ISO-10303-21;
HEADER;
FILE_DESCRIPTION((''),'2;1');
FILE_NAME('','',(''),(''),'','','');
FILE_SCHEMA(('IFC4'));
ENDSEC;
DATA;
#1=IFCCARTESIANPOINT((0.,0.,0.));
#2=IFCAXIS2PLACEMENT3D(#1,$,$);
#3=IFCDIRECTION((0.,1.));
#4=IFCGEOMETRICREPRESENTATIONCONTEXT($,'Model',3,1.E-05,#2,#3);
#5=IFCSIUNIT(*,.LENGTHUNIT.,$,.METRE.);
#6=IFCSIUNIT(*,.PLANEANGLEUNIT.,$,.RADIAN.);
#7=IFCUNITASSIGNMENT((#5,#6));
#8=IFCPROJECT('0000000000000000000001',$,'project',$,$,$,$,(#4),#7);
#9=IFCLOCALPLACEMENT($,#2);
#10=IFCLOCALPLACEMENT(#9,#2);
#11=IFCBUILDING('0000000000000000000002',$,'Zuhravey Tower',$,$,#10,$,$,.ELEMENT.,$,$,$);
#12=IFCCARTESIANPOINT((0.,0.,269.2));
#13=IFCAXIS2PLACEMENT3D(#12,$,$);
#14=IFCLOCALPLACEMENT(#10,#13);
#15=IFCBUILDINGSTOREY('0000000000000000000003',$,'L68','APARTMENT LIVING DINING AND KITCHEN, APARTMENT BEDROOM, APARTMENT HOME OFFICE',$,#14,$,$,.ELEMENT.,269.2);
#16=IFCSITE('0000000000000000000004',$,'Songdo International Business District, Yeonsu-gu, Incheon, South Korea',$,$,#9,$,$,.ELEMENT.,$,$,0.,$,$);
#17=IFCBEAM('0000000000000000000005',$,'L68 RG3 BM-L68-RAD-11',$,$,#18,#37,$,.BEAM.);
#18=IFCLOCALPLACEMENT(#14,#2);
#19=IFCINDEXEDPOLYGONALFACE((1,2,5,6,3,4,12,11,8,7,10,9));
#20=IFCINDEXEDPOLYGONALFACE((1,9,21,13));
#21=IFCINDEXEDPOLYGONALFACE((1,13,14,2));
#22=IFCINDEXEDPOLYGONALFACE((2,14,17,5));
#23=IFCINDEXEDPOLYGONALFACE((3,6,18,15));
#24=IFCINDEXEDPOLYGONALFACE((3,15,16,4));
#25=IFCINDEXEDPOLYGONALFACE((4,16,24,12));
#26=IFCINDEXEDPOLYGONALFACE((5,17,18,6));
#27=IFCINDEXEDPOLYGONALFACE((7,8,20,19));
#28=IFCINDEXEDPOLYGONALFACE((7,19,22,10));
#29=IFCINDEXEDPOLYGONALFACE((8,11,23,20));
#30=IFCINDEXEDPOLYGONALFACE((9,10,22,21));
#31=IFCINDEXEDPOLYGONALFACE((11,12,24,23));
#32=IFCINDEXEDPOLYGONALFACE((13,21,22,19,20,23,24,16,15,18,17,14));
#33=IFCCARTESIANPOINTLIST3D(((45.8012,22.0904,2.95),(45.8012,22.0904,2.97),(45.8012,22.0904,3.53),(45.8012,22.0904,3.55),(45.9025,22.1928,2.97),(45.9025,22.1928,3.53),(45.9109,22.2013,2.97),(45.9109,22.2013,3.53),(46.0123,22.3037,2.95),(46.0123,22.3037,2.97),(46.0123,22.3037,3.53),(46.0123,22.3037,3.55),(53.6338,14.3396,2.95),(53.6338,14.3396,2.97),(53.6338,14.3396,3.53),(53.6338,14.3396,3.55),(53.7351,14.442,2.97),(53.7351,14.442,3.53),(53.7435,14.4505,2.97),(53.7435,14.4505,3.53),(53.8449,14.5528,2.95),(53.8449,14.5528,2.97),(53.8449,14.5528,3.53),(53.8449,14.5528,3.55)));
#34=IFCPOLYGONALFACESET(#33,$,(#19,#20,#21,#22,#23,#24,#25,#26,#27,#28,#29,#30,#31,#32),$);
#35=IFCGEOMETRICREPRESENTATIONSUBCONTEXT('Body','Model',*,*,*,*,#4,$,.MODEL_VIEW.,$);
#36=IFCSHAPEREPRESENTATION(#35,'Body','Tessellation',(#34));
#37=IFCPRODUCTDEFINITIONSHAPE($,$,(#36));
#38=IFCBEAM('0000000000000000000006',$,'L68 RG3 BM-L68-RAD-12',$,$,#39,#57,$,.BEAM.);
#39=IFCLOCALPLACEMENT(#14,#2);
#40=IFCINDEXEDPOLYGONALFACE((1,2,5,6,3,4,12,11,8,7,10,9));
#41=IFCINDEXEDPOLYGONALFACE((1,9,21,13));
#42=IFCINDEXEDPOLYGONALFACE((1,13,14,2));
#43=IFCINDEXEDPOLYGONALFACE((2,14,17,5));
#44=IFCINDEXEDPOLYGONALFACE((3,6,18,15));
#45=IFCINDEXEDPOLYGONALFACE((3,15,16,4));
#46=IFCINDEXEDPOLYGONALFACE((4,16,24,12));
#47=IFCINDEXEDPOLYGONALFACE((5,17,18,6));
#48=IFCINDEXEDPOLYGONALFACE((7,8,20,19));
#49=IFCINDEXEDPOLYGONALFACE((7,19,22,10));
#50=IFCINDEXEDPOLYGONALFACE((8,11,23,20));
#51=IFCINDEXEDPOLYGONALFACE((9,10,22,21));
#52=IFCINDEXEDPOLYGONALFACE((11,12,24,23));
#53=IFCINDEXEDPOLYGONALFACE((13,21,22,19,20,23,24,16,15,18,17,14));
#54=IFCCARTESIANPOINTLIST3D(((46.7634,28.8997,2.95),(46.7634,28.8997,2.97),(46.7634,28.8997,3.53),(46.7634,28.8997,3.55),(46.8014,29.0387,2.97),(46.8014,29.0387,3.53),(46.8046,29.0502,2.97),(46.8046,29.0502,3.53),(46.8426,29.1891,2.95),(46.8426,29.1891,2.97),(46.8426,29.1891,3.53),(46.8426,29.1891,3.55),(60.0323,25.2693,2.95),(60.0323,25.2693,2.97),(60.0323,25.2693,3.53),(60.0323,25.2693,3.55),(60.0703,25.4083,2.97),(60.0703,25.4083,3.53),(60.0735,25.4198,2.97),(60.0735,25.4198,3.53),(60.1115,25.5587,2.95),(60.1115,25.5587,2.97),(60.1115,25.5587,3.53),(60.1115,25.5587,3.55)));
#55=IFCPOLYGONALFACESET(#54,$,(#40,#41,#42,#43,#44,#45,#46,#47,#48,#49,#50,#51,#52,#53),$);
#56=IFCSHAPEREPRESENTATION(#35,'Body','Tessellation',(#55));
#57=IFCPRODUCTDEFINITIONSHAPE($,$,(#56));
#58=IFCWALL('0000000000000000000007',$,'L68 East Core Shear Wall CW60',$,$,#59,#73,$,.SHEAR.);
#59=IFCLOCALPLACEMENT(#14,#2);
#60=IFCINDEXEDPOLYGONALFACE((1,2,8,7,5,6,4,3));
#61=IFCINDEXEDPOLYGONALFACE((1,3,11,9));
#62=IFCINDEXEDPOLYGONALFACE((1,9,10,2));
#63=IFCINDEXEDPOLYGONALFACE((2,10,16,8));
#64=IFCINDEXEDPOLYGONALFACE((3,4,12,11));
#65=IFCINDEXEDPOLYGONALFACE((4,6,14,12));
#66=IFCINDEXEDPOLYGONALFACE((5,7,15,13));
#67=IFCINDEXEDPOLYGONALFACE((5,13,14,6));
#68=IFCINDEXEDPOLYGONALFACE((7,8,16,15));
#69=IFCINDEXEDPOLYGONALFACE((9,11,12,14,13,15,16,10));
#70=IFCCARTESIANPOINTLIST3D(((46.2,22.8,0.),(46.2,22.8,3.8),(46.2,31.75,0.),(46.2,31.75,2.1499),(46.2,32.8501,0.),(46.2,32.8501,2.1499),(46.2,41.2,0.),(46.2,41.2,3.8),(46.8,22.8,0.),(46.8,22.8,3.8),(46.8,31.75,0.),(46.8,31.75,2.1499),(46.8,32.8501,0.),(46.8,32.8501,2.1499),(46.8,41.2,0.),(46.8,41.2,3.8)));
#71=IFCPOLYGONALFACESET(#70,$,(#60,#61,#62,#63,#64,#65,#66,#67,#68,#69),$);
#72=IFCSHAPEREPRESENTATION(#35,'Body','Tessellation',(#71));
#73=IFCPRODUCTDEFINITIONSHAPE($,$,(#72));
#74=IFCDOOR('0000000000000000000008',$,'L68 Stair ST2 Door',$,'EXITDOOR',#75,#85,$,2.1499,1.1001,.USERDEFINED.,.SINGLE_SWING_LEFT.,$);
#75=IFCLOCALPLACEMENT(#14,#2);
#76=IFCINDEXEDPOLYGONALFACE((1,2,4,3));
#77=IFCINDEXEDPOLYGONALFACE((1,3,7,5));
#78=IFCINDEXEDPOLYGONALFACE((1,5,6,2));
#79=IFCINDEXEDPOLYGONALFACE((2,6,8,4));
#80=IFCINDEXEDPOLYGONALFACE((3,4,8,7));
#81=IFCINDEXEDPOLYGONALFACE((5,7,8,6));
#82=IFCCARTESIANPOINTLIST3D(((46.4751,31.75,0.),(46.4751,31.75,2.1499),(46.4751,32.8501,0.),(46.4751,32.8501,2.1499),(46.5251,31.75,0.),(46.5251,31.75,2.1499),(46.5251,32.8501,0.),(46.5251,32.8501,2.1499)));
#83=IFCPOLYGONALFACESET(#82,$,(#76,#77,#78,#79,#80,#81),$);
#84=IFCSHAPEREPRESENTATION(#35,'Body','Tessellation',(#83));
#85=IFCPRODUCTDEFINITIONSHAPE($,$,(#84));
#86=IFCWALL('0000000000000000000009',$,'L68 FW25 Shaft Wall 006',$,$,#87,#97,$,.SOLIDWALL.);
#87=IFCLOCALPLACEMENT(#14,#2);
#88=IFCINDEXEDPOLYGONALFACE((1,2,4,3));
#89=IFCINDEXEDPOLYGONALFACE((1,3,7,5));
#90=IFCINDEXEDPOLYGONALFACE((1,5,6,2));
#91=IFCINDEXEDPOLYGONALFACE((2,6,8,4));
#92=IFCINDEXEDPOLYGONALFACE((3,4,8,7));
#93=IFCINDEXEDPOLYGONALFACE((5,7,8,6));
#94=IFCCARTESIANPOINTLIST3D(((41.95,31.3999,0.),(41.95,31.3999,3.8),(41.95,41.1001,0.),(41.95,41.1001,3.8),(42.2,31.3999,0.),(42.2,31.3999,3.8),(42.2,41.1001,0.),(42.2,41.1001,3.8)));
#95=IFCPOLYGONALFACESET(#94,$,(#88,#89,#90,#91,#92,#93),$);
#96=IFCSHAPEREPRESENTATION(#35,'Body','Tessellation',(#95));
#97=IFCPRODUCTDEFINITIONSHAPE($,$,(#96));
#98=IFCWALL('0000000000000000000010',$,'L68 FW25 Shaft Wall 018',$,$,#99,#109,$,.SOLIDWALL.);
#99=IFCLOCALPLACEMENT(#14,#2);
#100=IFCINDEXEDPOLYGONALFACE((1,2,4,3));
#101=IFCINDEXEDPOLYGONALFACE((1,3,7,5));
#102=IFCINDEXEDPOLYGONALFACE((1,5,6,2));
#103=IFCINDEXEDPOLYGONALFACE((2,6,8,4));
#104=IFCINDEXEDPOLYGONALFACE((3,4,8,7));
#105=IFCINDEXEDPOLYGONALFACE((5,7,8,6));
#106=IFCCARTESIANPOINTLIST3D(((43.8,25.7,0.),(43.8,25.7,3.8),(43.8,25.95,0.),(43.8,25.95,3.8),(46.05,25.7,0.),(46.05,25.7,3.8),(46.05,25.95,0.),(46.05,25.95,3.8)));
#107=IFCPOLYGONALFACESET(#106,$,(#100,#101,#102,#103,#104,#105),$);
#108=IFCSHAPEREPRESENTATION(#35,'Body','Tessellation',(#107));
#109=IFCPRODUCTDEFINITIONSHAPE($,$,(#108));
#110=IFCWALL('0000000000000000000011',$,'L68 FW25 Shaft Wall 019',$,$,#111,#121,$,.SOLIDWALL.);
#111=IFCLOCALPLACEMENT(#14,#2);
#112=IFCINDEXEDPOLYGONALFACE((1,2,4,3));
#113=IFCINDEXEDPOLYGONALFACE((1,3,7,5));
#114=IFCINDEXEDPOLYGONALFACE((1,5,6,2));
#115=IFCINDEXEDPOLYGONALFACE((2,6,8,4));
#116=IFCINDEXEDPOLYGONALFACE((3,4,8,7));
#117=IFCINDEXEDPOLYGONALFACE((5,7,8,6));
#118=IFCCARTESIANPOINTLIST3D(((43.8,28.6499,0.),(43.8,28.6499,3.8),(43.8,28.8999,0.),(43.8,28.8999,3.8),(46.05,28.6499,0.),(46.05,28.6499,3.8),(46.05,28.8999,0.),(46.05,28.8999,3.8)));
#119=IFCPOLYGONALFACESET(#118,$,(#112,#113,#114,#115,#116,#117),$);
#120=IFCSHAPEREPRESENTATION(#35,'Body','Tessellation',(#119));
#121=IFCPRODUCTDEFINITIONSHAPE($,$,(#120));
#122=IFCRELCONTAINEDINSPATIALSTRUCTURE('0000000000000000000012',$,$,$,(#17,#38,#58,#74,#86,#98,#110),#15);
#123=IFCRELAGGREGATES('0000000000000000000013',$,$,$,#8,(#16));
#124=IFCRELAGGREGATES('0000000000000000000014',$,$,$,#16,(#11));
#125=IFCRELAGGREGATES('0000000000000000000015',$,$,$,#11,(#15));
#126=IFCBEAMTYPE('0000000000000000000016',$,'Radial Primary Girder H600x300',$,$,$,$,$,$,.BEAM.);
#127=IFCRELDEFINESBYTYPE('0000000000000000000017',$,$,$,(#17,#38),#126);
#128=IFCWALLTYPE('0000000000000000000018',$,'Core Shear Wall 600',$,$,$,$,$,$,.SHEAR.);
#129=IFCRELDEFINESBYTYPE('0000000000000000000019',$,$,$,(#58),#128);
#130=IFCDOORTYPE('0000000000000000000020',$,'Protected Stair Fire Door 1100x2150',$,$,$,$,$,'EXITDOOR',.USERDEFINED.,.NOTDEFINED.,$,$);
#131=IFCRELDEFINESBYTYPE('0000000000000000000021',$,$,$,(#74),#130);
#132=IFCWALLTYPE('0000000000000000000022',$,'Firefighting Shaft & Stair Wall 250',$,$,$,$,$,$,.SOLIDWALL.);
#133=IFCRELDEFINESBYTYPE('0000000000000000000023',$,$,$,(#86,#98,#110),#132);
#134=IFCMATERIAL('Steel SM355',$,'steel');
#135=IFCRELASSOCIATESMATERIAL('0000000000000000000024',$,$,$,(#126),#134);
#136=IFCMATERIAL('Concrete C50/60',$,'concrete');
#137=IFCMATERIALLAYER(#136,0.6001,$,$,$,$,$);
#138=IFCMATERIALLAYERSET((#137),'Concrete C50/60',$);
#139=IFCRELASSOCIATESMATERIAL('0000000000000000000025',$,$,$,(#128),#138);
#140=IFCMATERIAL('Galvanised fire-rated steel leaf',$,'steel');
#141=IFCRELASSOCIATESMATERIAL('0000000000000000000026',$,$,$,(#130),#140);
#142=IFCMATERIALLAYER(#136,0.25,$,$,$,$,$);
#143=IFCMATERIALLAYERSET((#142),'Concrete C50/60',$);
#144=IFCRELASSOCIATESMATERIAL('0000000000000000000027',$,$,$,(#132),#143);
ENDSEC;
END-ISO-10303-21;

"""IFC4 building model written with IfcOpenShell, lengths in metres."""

from ifc_helpers import new_model, si_unit, direction, frame, frame_2d, origin, origin_2d, place, context, subcontext, project, spatial, rectangle, i_section, extrude, material, layer, layer_set, material_profile, profile_set, type_object, element, fill, save


model = new_model("IFC4")

# Units and contexts
model_context = context("Model", 3, precision=1e-05, world=origin(), true_north=direction((0.0, 1.0)))
body_context = subcontext(model_context, "Body", "Model", "MODEL_VIEW")
ifc_project = project(units=[si_unit("LENGTHUNIT", "METRE"), si_unit("PLANEANGLEUNIT", "RADIAN")], contexts=[model_context])

# Site, building, storey
site_placement = place(None, origin())
site = spatial("IfcSite", under=ifc_project, at=site_placement, Name="Songdo International Business District, Yeonsu-gu, Incheon, South Korea", CompositionType="ELEMENT", RefElevation=0.0)
building_placement = place(site_placement, origin())
building = spatial("IfcBuilding", under=site, at=building_placement, Name="Zuhravey Tower", CompositionType="ELEMENT")
storey_placement = place(building_placement, frame((0.0, 0.0, 269.2)))
storey = spatial("IfcBuildingStorey", under=building, at=storey_placement, Name="L68", Description="APARTMENT LIVING DINING AND KITCHEN, APARTMENT BEDROOM, APARTMENT HOME OFFICE", CompositionType="ELEMENT", Elevation=269.2)

# Beams
ifc_material_1 = material(Name="Steel SM355", Category="steel")
ifc_material_profile = material_profile(ifc_material_1, i_section(OverallWidth=0.3, OverallDepth=0.6001, WebThickness=0.012, FlangeThickness=0.02, at=origin_2d()), Name="H-600x300x12x20")
ifc_profile_set = profile_set([ifc_material_profile], Name="Steel SM355")
beam_type = type_object("IfcBeamType", Name="Radial Primary Girder H600x300", PredefinedType="BEAM", material=ifc_profile_set)
beam_1_placement = place(storey_placement, frame((45.9067, 22.197, 3.25), z_axis=(0.710808, -0.703386, 0.0), x_axis=(0.703386, 0.710808, 0.0)))
element("IfcBeam", 1, at=beam_1_placement, inside=storey, type_object=beam_type, Name="L68 RG3 BM-L68-RAD-11", PredefinedType="BEAM", context=body_context, shape_type="SweptSolid", body=[
    extrude(i_section(OverallWidth=0.3, OverallDepth=0.6001, WebThickness=0.012, FlangeThickness=0.02, at=origin_2d()), origin(), (0.0, 0.0, 1.0), 11.0193),
])
beam_2_placement = place(storey_placement, frame((46.803, 29.0444, 3.25), z_axis=(0.964549, -0.263903, 0.0), x_axis=(0.263903, 0.964549, 0.0)))
element("IfcBeam", 2, at=beam_2_placement, inside=storey, type_object=beam_type, Name="L68 RG3 BM-L68-RAD-12", PredefinedType="BEAM", context=body_context, shape_type="SweptSolid", body=[
    extrude(i_section(OverallWidth=0.3, OverallDepth=0.6001, WebThickness=0.012, FlangeThickness=0.02, at=origin_2d()), origin(), (0.0, 0.0, 1.0), 13.7566),
])

# Wall, opening, door
ifc_material_2 = material(Name="Concrete C50/60", Category="concrete")
ifc_layer_1 = layer(ifc_material_2, 0.6001)
ifc_layer_set_1 = layer_set([ifc_layer_1], Name="Concrete C50/60")
wall_type_1 = type_object("IfcWallType", Name="Core Shear Wall 600", PredefinedType="SHEAR", material=ifc_layer_set_1)
wall_1_placement = place(storey_placement, frame((46.5, 22.8, 0.0), z_axis=(0.0, 0.0, 1.0), x_axis=(0.0, 1.0, 0.0)))
wall_1 = element("IfcWall", 3, at=wall_1_placement, inside=storey, type_object=wall_type_1, Name="L68 East Core Shear Wall CW60", PredefinedType="SHEAR", context=body_context, shape_type="SweptSolid", body=[
    extrude(rectangle(XDim=18.3999, YDim=0.6001, at=frame_2d((9.2, 0.0))), origin(), (0.0, 0.0, 1.0), 3.8),
])
opening_1_placement = place(wall_1_placement, frame((8.95, 0.0, 0.0)))
opening_1 = element("IfcOpeningElement", 4, at=opening_1_placement, cuts=wall_1, PredefinedType="OPENING", context=body_context, shape_type="SweptSolid", body=[
    extrude(rectangle(XDim=1.1001, YDim=2.1499, at=frame_2d((0.55, 1.075))), frame((0.0, 0.312, 0.0), z_axis=(0.0, -1.0, 0.0), x_axis=(1.0, 0.0, 0.0)), (0.0, 0.0, 1.0), 0.624),
])
ifc_material_3 = material(Name="Galvanised fire-rated steel leaf", Category="steel")
door_type_1 = type_object("IfcDoorType", Name="Protected Stair Fire Door 1100x2150", ElementType="EXITDOOR", OperationType="NOTDEFINED", PredefinedType="USERDEFINED", material=ifc_material_3)
door_1_placement = place(opening_1_placement, origin())
door_1 = element("IfcDoor", 5, at=door_1_placement, inside=storey, type_object=door_type_1, Name="L68 Stair ST2 Door", ObjectType="EXITDOOR", OperationType="SINGLE_SWING_LEFT", OverallHeight=2.1499, OverallWidth=1.1001, PredefinedType="USERDEFINED", context=body_context, shape_type="SweptSolid", body=[
    extrude(rectangle(XDim=1.1001, YDim=2.1499, at=frame_2d((0.55, 1.075))), frame((0.0, 0.0249, 0.0), z_axis=(0.0, -1.0, 0.0), x_axis=(1.0, 0.0, 0.0)), (0.0, 0.0, 1.0), 0.05),
])
fill(opening_1, door_1)

# Walls
ifc_layer_2 = layer(ifc_material_2, 0.25)
ifc_layer_set_2 = layer_set([ifc_layer_2], Name="Concrete C50/60")
wall_type_2 = type_object("IfcWallType", Name="Firefighting Shaft & Stair Wall 250", PredefinedType="SOLIDWALL", material=ifc_layer_set_2)
wall_2_placement = place(storey_placement, frame((42.075, 31.3999, 0.0), z_axis=(0.0, 0.0, 1.0), x_axis=(0.0, 1.0, 0.0)))
element("IfcWall", 6, at=wall_2_placement, inside=storey, type_object=wall_type_2, Name="L68 FW25 Shaft Wall 006", PredefinedType="SOLIDWALL", context=body_context, shape_type="SweptSolid", body=[
    extrude(rectangle(XDim=9.7002, YDim=0.25, at=frame_2d((4.8501, 0.0))), origin(), (0.0, 0.0, 1.0), 3.8),
])
for number, where, z_axis, x_axis, name in (
    (7, (43.8, 25.825, 0.0), (0.0, 0.0, 1.0), (1.0, 0.0, 0.0), "L68 FW25 Shaft Wall 018"),
    (8, (43.8, 28.7749, 0.0), (0.0, 0.0, 1.0), (1.0, 0.0, 0.0), "L68 FW25 Shaft Wall 019"),
):
    element("IfcWall", number, at=place(storey_placement, frame(where, z_axis=z_axis, x_axis=x_axis)), inside=storey, type_object=wall_type_2, Name=name, PredefinedType="SOLIDWALL", context=body_context, shape_type="SweptSolid", body=[
        extrude(rectangle(XDim=2.25, YDim=0.25, at=frame_2d((1.125, 0.0))), origin(), (0.0, 0.0, 1.0), 3.8),
    ])

save(model, "model.ifc")
